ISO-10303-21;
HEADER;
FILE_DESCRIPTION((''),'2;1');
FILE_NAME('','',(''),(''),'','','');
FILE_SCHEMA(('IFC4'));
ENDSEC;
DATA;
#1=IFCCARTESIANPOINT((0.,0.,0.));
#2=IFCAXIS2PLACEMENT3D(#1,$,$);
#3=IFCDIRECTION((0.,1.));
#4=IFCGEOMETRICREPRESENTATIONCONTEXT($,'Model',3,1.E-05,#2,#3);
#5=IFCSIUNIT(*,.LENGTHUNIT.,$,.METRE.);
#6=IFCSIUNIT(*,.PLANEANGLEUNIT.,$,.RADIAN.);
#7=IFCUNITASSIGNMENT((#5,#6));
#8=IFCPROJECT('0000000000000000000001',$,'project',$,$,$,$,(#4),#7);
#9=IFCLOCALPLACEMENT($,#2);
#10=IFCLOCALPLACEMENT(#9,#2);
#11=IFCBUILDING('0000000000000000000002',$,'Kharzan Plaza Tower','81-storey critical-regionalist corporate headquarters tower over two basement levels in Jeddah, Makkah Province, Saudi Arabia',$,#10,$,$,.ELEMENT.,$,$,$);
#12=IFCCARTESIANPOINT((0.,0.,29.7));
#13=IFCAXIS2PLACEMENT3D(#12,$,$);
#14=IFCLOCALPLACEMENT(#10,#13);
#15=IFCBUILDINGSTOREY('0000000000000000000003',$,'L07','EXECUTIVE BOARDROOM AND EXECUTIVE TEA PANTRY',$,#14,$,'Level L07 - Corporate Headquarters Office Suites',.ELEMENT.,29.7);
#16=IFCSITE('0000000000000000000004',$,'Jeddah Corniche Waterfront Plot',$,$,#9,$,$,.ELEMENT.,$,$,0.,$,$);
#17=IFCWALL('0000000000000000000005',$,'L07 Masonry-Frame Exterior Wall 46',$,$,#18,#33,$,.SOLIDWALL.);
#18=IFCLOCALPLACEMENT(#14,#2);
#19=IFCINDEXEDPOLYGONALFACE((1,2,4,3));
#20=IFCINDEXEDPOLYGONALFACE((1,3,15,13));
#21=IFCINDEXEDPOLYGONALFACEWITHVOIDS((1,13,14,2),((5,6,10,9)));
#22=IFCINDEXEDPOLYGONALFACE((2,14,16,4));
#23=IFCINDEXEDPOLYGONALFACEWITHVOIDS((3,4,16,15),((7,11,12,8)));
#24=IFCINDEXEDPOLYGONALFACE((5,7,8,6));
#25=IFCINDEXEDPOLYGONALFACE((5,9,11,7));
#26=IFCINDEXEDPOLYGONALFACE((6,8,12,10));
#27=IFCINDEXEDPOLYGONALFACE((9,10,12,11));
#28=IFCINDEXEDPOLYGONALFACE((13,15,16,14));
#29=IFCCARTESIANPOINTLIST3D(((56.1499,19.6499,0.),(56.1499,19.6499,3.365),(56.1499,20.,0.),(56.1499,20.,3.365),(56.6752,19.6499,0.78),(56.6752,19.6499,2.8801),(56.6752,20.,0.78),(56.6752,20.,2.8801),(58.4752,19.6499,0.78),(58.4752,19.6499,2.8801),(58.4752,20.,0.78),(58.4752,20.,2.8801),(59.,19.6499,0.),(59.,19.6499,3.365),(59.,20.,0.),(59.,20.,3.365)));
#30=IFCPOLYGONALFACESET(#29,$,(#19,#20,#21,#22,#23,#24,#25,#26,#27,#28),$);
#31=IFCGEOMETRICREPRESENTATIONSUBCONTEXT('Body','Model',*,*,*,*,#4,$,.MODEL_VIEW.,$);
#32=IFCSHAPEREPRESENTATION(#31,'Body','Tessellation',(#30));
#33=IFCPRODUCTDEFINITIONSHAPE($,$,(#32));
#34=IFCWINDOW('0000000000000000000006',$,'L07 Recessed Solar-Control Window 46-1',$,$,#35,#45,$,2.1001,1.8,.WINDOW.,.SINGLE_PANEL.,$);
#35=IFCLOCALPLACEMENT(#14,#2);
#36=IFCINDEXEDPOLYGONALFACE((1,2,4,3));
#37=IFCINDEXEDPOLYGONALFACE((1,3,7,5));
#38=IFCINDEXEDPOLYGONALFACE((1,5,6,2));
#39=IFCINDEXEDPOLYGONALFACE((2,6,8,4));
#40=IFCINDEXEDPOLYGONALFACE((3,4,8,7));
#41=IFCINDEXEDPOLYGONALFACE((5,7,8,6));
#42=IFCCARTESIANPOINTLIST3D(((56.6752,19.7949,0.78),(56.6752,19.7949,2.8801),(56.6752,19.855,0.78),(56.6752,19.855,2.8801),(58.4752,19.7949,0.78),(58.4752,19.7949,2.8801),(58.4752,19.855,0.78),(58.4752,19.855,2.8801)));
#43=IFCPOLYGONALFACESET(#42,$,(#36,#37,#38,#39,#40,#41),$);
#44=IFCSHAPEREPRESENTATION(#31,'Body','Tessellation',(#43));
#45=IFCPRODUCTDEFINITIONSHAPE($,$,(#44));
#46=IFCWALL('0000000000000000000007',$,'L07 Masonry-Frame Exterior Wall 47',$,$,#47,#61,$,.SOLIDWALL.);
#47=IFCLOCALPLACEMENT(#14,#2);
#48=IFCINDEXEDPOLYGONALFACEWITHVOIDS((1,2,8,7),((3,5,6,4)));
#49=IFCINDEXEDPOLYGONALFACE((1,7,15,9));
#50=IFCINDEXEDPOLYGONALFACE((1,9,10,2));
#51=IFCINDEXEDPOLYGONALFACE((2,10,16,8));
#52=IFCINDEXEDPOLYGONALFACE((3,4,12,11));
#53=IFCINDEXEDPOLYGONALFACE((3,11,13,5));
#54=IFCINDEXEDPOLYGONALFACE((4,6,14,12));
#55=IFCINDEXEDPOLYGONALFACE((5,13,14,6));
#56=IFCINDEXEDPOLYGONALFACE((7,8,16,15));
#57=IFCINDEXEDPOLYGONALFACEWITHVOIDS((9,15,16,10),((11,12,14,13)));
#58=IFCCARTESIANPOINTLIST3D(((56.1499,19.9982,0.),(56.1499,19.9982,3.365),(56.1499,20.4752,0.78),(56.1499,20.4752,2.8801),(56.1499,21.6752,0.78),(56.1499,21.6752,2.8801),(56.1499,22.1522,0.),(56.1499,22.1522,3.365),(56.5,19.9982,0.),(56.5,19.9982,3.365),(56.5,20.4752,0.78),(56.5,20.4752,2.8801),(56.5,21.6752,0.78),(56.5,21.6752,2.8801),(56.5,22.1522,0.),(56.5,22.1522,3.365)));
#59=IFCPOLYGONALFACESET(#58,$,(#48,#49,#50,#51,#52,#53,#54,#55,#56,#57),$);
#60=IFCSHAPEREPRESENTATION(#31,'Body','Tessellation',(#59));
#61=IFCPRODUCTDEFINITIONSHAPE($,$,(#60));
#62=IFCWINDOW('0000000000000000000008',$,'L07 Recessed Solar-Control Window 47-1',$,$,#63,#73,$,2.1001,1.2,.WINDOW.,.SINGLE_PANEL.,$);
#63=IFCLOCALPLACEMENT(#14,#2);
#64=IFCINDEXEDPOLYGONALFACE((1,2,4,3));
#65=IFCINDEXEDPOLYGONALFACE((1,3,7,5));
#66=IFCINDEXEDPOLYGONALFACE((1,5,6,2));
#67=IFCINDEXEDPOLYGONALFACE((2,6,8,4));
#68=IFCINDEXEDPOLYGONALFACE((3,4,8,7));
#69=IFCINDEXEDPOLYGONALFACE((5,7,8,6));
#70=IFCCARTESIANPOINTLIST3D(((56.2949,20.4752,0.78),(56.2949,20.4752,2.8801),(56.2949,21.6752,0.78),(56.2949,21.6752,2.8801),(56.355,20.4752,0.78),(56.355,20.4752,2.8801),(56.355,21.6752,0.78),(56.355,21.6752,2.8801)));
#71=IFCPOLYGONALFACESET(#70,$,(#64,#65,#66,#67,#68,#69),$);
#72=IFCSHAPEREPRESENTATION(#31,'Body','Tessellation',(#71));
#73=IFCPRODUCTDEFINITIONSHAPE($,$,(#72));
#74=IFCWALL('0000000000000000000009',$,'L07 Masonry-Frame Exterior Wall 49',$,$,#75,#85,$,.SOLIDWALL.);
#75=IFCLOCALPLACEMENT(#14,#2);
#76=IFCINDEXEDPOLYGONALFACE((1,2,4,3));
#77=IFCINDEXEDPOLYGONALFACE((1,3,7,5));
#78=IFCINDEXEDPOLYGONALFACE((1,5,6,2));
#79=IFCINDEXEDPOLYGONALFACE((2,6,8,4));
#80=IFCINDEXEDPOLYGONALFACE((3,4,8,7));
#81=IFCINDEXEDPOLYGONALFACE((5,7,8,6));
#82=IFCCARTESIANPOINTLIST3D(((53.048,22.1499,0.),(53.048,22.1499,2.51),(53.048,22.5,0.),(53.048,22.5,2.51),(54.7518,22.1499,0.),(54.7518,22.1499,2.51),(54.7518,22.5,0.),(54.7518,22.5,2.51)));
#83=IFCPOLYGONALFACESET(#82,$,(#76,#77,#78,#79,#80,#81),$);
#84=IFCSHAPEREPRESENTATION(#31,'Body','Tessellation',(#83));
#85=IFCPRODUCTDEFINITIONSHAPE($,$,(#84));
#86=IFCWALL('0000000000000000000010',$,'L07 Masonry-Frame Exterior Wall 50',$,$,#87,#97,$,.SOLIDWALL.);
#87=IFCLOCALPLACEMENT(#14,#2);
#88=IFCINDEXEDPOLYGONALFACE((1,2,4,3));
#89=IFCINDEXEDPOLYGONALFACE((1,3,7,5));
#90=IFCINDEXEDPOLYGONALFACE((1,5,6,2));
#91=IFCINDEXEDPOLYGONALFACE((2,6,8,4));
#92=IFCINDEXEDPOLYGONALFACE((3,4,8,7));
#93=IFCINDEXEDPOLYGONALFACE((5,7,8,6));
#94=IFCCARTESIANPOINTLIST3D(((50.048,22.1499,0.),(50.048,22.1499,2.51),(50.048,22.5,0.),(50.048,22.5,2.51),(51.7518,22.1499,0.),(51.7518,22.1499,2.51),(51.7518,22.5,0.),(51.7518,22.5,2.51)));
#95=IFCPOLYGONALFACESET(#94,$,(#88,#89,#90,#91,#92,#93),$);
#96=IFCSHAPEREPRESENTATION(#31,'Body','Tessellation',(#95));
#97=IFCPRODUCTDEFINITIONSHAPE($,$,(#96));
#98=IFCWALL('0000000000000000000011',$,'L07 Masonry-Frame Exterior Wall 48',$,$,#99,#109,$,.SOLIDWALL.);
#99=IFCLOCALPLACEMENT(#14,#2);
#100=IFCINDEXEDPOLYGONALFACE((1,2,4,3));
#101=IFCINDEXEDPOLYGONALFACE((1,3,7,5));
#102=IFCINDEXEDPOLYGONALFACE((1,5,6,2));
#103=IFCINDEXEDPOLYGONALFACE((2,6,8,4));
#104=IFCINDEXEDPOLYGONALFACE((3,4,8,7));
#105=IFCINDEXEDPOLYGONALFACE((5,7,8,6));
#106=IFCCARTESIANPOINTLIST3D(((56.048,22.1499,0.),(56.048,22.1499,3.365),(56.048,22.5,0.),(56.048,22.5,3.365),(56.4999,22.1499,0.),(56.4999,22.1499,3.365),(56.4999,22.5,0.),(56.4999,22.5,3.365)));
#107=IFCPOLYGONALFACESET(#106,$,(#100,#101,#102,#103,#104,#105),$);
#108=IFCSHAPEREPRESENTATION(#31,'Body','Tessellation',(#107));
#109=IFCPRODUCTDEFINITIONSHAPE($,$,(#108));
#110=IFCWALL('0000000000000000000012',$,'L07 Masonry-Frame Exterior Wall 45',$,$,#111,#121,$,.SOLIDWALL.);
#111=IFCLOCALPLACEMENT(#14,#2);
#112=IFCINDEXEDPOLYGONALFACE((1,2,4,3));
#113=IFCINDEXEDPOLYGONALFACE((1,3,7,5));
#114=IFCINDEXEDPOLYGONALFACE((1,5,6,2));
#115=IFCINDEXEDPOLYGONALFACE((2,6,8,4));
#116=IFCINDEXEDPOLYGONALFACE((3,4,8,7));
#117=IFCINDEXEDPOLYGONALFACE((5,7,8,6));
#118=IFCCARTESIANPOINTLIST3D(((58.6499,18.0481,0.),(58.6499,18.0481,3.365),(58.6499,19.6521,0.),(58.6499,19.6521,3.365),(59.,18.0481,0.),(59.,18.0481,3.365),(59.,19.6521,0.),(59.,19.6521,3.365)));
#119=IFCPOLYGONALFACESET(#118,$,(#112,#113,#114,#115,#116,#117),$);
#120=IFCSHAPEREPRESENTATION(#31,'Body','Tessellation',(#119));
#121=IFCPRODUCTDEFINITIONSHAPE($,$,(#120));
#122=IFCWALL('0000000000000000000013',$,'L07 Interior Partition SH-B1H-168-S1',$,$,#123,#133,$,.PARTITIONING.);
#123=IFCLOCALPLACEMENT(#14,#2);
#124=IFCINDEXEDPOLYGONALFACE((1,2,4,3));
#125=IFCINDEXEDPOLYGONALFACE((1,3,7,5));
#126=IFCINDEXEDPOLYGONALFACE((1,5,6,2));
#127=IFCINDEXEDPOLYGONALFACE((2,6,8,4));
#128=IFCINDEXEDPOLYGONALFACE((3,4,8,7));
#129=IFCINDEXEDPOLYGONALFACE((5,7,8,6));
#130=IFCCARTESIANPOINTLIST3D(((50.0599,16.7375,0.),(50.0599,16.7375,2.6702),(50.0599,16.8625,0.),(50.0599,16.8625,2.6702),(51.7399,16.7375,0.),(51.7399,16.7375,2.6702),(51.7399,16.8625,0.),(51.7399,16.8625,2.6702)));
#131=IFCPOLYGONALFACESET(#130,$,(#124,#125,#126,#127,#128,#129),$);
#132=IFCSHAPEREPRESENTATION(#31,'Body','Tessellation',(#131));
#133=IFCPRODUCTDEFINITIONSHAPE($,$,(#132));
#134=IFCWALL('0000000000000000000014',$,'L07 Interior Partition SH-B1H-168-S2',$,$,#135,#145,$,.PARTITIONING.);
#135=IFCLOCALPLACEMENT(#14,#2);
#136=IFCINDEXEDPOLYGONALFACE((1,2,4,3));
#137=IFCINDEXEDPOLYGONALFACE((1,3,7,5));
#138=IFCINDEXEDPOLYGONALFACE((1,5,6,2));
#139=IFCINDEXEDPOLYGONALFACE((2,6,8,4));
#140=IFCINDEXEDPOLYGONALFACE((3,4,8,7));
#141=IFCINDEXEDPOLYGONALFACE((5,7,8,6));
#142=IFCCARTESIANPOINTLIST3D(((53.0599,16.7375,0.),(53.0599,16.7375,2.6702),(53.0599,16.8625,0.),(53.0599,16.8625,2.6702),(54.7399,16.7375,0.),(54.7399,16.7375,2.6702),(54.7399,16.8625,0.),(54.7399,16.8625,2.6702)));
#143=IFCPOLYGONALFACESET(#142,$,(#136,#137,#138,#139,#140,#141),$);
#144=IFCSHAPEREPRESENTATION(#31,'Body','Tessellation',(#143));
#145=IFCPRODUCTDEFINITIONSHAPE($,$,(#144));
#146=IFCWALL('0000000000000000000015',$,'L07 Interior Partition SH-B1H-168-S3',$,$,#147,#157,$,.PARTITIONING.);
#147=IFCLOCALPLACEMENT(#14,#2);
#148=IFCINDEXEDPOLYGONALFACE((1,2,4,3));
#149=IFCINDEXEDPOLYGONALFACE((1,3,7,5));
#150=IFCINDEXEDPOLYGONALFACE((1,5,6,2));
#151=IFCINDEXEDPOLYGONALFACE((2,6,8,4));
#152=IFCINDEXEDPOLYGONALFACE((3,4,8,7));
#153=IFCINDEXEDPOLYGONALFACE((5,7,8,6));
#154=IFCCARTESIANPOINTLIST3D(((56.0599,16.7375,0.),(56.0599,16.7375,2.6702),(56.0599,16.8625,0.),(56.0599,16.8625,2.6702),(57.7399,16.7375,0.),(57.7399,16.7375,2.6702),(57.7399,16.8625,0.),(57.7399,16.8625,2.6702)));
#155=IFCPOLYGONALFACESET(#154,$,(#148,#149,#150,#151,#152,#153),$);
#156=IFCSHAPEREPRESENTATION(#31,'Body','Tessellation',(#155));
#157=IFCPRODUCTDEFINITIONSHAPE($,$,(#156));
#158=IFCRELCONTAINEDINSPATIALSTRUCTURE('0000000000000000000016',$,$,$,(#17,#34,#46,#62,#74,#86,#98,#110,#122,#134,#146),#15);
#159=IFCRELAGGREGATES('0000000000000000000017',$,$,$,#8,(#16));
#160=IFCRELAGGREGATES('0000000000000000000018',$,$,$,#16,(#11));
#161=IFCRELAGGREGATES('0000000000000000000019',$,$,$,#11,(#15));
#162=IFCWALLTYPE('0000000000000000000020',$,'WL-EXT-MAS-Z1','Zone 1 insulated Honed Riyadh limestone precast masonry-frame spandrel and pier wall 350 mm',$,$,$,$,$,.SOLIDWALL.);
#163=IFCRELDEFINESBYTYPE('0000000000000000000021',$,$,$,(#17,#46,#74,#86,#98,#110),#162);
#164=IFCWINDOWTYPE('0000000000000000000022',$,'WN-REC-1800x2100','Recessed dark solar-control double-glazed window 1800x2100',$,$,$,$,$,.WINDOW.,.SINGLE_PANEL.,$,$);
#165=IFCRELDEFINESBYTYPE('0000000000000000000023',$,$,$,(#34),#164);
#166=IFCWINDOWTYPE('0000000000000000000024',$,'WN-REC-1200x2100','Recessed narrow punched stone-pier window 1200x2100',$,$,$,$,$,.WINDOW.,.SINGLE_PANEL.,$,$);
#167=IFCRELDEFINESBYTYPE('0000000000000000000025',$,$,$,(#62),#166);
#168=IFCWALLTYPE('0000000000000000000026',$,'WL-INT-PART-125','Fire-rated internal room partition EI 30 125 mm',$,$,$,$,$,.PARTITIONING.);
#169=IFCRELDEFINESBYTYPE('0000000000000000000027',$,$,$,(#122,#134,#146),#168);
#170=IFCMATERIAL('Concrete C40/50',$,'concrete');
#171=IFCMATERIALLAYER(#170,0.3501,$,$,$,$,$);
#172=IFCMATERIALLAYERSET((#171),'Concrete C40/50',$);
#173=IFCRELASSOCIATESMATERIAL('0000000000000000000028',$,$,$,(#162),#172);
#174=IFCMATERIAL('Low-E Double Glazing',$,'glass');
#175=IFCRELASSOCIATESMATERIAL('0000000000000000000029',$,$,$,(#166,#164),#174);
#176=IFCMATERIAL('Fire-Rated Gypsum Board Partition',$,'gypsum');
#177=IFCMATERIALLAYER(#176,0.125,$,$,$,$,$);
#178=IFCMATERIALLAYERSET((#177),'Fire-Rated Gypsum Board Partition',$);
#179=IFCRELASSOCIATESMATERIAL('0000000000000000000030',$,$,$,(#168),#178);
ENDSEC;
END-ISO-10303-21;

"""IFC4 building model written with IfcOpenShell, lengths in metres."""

from ifc_helpers import new_model, si_unit, direction, frame, frame_2d, origin, place, context, subcontext, project, spatial, rectangle, extrude, source, transform, mapped, material, layer, layer_set, type_object, element, fill, save


model = new_model("IFC4")

# Units and contexts
model_context = context("Model", 3, precision=1e-05, world=origin(), true_north=direction((0.0, 1.0)))
body_context = subcontext(model_context, "Body", "Model", "MODEL_VIEW")
ifc_project = project(units=[si_unit("LENGTHUNIT", "METRE"), si_unit("PLANEANGLEUNIT", "RADIAN")], contexts=[model_context])

# Site, building, storey
site_placement = place(None, origin())
site = spatial("IfcSite", under=ifc_project, at=site_placement, Name="Jeddah Corniche Waterfront Plot", CompositionType="ELEMENT", RefElevation=0.0)
building_placement = place(site_placement, origin())
building = spatial("IfcBuilding", under=site, at=building_placement, Name="Kharzan Plaza Tower", Description="81-storey critical-regionalist corporate headquarters tower over two basement levels in Jeddah, Makkah Province, Saudi Arabia", CompositionType="ELEMENT")
storey_placement = place(building_placement, frame((0.0, 0.0, 29.7)))
storey = spatial("IfcBuildingStorey", under=building, at=storey_placement, Name="L07", Description="EXECUTIVE BOARDROOM AND EXECUTIVE TEA PANTRY", LongName="Level L07 - Corporate Headquarters Office Suites", CompositionType="ELEMENT", Elevation=29.7)

# Walls, openings, windows
ifc_material_1 = material(Name="Concrete C40/50", Category="concrete")
ifc_layer_1 = layer(ifc_material_1, 0.3501)
ifc_layer_set_1 = layer_set([ifc_layer_1], Name="Concrete C40/50")
wall_type_1 = type_object("IfcWallType", Name="WL-EXT-MAS-Z1", Description="Zone 1 insulated Honed Riyadh limestone precast masonry-frame spandrel and pier wall 350 mm", PredefinedType="SOLIDWALL", material=ifc_layer_set_1)
ifc_material_2 = material(Name="Low-E Double Glazing", Category="glass")
window_type_1 = type_object("IfcWindowType", Name="WN-REC-1200x2100", Description="Recessed narrow punched stone-pier window 1200x2100", PartitioningType="SINGLE_PANEL", PredefinedType="WINDOW", material=ifc_material_2)
wall_1_placement = place(storey_placement, frame((59.0, 19.825, 0.0), z_axis=(0.0, 0.0, 1.0), x_axis=(-1.0, 0.0, 0.0)))
wall_1 = element("IfcWall", 1, at=wall_1_placement, inside=storey, type_object=wall_type_1, Name="L07 Masonry-Frame Exterior Wall 46", PredefinedType="SOLIDWALL", context=body_context, shape_type="SweptSolid", body=[
    extrude(rectangle(XDim=2.8501, YDim=0.3501, at=frame_2d((1.425, 0.0))), origin(), (0.0, 0.0, 1.0), 3.365),
])
opening_1_placement = place(wall_1_placement, frame((0.5249, 0.0, 0.78)))
opening_1 = element("IfcOpeningElement", 2, at=opening_1_placement, cuts=wall_1, PredefinedType="OPENING", context=body_context, shape_type="SweptSolid", body=[
    extrude(rectangle(XDim=1.8, YDim=2.1001, at=frame_2d((0.8999, 1.05))), frame((0.0, 0.1851, 0.0), z_axis=(0.0, -1.0, 0.0), x_axis=(1.0, 0.0, 0.0)), (0.0, 0.0, 1.0), 0.3701),
])
window_type_2 = type_object("IfcWindowType", Name="WN-REC-1800x2100", Description="Recessed dark solar-control double-glazed window 1800x2100", PartitioningType="SINGLE_PANEL", PredefinedType="WINDOW", material=ifc_material_2)
shared_shape_1 = source(origin(), body_context, "Body", "SweptSolid", [
    extrude(rectangle(XDim=1.8, YDim=2.1001, at=frame_2d((0.8999, 1.05))), frame((0.0, 0.03, 0.0), z_axis=(0.0, -1.0, 0.0), x_axis=(1.0, 0.0, 0.0)), (0.0, 0.0, 1.0), 0.0601),
])
window_1_placement = place(opening_1_placement, origin())
window_1 = element("IfcWindow", 3, at=window_1_placement, inside=storey, type_object=window_type_2, Name="L07 Recessed Solar-Control Window 46-1", OverallHeight=2.1001, OverallWidth=1.8, PartitioningType="SINGLE_PANEL", PredefinedType="WINDOW", context=body_context, shape_type="MappedRepresentation", body=[
    mapped(shared_shape_1, transform((0.0, 0.0, 0.0), x_axis=(1.0, 0.0, 0.0), y_axis=(0.0, 1.0, 0.0), z_axis=(0.0, 0.0, 1.0))),
])
fill(opening_1, window_1)
wall_2_placement = place(storey_placement, frame((56.325, 19.998, 0.0), z_axis=(0.0, 0.0, 1.0), x_axis=(0.0, 1.0, 0.0)))
wall_2 = element("IfcWall", 4, at=wall_2_placement, inside=storey, type_object=wall_type_1, Name="L07 Masonry-Frame Exterior Wall 47", PredefinedType="SOLIDWALL", context=body_context, shape_type="SweptSolid", body=[
    extrude(rectangle(XDim=2.1541, YDim=0.3501, at=frame_2d((1.0771, 0.0))), origin(), (0.0, 0.0, 1.0), 3.365),
])
opening_2_placement = place(wall_2_placement, frame((0.4771, 0.0, 0.78)))
opening_2 = element("IfcOpeningElement", 5, at=opening_2_placement, cuts=wall_2, PredefinedType="OPENING", context=body_context, shape_type="SweptSolid", body=[
    extrude(rectangle(XDim=1.2, YDim=2.1001, at=frame_2d((0.6001, 1.05))), frame((0.0, 0.1851, 0.0), z_axis=(0.0, -1.0, 0.0), x_axis=(1.0, 0.0, 0.0)), (0.0, 0.0, 1.0), 0.3701),
])
shared_shape_2 = source(origin(), body_context, "Body", "SweptSolid", [
    extrude(rectangle(XDim=1.2, YDim=2.1001, at=frame_2d((0.6001, 1.05))), frame((0.0, 0.03, 0.0), z_axis=(0.0, -1.0, 0.0), x_axis=(1.0, 0.0, 0.0)), (0.0, 0.0, 1.0), 0.0601),
])
window_2_placement = place(opening_2_placement, origin())
window_2 = element("IfcWindow", 6, at=window_2_placement, inside=storey, type_object=window_type_1, Name="L07 Recessed Solar-Control Window 47-1", OverallHeight=2.1001, OverallWidth=1.2, PartitioningType="SINGLE_PANEL", PredefinedType="WINDOW", context=body_context, shape_type="MappedRepresentation", body=[
    mapped(shared_shape_2, transform((0.0, 0.0, 0.0), x_axis=(1.0, 0.0, 0.0), y_axis=(0.0, 1.0, 0.0), z_axis=(0.0, 0.0, 1.0))),
])
fill(opening_2, window_2)

# Walls
shared_shape_3 = source(origin(), body_context, "Body", "SweptSolid", [
    extrude(rectangle(XDim=1.7039, YDim=0.3501, at=frame_2d((0.8521, 0.0))), origin(), (0.0, 0.0, 1.0), 2.51),
])
for number, where, z_axis, x_axis, name in (
    (7, (54.752, 22.325, 0.0), (0.0, 0.0, 1.0), (-1.0, 0.0, 0.0), "L07 Masonry-Frame Exterior Wall 49"),
    (8, (51.752, 22.325, 0.0), (0.0, 0.0, 1.0), (-1.0, 0.0, 0.0), "L07 Masonry-Frame Exterior Wall 50"),
):
    element("IfcWall", number, at=place(storey_placement, frame(where, z_axis=z_axis, x_axis=x_axis)), inside=storey, type_object=wall_type_1, Name=name, PredefinedType="SOLIDWALL", context=body_context, shape_type="MappedRepresentation", body=[
        mapped(shared_shape_3, transform((0.0, 0.0, 0.0), x_axis=(1.0, 0.0, 0.0), y_axis=(0.0, 1.0, 0.0), z_axis=(0.0, 0.0, 1.0))),
    ])
shared_shape_4 = source(origin(), body_context, "Body", "SweptSolid", [
    extrude(rectangle(XDim=0.4519, YDim=0.3501, at=frame_2d((0.2261, 0.0))), origin(), (0.0, 0.0, 1.0), 3.365),
])
wall_3_placement = place(storey_placement, frame((56.5, 22.325, 0.0), z_axis=(0.0, 0.0, 1.0), x_axis=(-1.0, 0.0, 0.0)))
element("IfcWall", 9, at=wall_3_placement, inside=storey, type_object=wall_type_1, Name="L07 Masonry-Frame Exterior Wall 48", PredefinedType="SOLIDWALL", context=body_context, shape_type="MappedRepresentation", body=[
    mapped(shared_shape_4, transform((0.0, 0.0, 0.0), x_axis=(1.0, 0.0, 0.0), y_axis=(0.0, 1.0, 0.0), z_axis=(0.0, 0.0, 1.0))),
])
shared_shape_5 = source(origin(), body_context, "Body", "SweptSolid", [
    extrude(rectangle(XDim=1.604, YDim=0.3501, at=frame_2d((0.802, 0.0))), origin(), (0.0, 0.0, 1.0), 3.365),
])
wall_4_placement = place(storey_placement, frame((58.825, 18.0481, 0.0), z_axis=(0.0, 0.0, 1.0), x_axis=(0.0, 1.0, 0.0)))
element("IfcWall", 10, at=wall_4_placement, inside=storey, type_object=wall_type_1, Name="L07 Masonry-Frame Exterior Wall 45", PredefinedType="SOLIDWALL", context=body_context, shape_type="MappedRepresentation", body=[
    mapped(shared_shape_5, transform((0.0, 0.0, 0.0), x_axis=(1.0, 0.0, 0.0), y_axis=(0.0, 1.0, 0.0), z_axis=(0.0, 0.0, 1.0))),
])
ifc_material_3 = material(Name="Fire-Rated Gypsum Board Partition", Category="gypsum")
ifc_layer_2 = layer(ifc_material_3, 0.125)
ifc_layer_set_2 = layer_set([ifc_layer_2], Name="Fire-Rated Gypsum Board Partition")
wall_type_2 = type_object("IfcWallType", Name="WL-INT-PART-125", Description="Fire-rated internal room partition EI 30 125 mm", PredefinedType="PARTITIONING", material=ifc_layer_set_2)
shared_shape_6 = source(origin(), body_context, "Body", "SweptSolid", [
    extrude(rectangle(XDim=1.6799, YDim=0.125, at=frame_2d((0.8398, 0.0))), origin(), (0.0, 0.0, 1.0), 2.6702),
])
for number, where, z_axis, x_axis, name in (
    (11, (50.0601, 16.8, 0.0), (0.0, 0.0, 1.0), (1.0, 0.0, 0.0), "L07 Interior Partition SH-B1H-168-S1"),
    (12, (53.0601, 16.8, 0.0), (0.0, 0.0, 1.0), (1.0, 0.0, 0.0), "L07 Interior Partition SH-B1H-168-S2"),
    (13, (56.0601, 16.8, 0.0), (0.0, 0.0, 1.0), (1.0, 0.0, 0.0), "L07 Interior Partition SH-B1H-168-S3"),
):
    element("IfcWall", number, at=place(storey_placement, frame(where, z_axis=z_axis, x_axis=x_axis)), inside=storey, type_object=wall_type_2, Name=name, PredefinedType="PARTITIONING", context=body_context, shape_type="MappedRepresentation", body=[
        mapped(shared_shape_6, transform((0.0, 0.0, 0.0), x_axis=(1.0, 0.0, 0.0), y_axis=(0.0, 1.0, 0.0), z_axis=(0.0, 0.0, 1.0))),
    ])

save(model, "model.ifc")
